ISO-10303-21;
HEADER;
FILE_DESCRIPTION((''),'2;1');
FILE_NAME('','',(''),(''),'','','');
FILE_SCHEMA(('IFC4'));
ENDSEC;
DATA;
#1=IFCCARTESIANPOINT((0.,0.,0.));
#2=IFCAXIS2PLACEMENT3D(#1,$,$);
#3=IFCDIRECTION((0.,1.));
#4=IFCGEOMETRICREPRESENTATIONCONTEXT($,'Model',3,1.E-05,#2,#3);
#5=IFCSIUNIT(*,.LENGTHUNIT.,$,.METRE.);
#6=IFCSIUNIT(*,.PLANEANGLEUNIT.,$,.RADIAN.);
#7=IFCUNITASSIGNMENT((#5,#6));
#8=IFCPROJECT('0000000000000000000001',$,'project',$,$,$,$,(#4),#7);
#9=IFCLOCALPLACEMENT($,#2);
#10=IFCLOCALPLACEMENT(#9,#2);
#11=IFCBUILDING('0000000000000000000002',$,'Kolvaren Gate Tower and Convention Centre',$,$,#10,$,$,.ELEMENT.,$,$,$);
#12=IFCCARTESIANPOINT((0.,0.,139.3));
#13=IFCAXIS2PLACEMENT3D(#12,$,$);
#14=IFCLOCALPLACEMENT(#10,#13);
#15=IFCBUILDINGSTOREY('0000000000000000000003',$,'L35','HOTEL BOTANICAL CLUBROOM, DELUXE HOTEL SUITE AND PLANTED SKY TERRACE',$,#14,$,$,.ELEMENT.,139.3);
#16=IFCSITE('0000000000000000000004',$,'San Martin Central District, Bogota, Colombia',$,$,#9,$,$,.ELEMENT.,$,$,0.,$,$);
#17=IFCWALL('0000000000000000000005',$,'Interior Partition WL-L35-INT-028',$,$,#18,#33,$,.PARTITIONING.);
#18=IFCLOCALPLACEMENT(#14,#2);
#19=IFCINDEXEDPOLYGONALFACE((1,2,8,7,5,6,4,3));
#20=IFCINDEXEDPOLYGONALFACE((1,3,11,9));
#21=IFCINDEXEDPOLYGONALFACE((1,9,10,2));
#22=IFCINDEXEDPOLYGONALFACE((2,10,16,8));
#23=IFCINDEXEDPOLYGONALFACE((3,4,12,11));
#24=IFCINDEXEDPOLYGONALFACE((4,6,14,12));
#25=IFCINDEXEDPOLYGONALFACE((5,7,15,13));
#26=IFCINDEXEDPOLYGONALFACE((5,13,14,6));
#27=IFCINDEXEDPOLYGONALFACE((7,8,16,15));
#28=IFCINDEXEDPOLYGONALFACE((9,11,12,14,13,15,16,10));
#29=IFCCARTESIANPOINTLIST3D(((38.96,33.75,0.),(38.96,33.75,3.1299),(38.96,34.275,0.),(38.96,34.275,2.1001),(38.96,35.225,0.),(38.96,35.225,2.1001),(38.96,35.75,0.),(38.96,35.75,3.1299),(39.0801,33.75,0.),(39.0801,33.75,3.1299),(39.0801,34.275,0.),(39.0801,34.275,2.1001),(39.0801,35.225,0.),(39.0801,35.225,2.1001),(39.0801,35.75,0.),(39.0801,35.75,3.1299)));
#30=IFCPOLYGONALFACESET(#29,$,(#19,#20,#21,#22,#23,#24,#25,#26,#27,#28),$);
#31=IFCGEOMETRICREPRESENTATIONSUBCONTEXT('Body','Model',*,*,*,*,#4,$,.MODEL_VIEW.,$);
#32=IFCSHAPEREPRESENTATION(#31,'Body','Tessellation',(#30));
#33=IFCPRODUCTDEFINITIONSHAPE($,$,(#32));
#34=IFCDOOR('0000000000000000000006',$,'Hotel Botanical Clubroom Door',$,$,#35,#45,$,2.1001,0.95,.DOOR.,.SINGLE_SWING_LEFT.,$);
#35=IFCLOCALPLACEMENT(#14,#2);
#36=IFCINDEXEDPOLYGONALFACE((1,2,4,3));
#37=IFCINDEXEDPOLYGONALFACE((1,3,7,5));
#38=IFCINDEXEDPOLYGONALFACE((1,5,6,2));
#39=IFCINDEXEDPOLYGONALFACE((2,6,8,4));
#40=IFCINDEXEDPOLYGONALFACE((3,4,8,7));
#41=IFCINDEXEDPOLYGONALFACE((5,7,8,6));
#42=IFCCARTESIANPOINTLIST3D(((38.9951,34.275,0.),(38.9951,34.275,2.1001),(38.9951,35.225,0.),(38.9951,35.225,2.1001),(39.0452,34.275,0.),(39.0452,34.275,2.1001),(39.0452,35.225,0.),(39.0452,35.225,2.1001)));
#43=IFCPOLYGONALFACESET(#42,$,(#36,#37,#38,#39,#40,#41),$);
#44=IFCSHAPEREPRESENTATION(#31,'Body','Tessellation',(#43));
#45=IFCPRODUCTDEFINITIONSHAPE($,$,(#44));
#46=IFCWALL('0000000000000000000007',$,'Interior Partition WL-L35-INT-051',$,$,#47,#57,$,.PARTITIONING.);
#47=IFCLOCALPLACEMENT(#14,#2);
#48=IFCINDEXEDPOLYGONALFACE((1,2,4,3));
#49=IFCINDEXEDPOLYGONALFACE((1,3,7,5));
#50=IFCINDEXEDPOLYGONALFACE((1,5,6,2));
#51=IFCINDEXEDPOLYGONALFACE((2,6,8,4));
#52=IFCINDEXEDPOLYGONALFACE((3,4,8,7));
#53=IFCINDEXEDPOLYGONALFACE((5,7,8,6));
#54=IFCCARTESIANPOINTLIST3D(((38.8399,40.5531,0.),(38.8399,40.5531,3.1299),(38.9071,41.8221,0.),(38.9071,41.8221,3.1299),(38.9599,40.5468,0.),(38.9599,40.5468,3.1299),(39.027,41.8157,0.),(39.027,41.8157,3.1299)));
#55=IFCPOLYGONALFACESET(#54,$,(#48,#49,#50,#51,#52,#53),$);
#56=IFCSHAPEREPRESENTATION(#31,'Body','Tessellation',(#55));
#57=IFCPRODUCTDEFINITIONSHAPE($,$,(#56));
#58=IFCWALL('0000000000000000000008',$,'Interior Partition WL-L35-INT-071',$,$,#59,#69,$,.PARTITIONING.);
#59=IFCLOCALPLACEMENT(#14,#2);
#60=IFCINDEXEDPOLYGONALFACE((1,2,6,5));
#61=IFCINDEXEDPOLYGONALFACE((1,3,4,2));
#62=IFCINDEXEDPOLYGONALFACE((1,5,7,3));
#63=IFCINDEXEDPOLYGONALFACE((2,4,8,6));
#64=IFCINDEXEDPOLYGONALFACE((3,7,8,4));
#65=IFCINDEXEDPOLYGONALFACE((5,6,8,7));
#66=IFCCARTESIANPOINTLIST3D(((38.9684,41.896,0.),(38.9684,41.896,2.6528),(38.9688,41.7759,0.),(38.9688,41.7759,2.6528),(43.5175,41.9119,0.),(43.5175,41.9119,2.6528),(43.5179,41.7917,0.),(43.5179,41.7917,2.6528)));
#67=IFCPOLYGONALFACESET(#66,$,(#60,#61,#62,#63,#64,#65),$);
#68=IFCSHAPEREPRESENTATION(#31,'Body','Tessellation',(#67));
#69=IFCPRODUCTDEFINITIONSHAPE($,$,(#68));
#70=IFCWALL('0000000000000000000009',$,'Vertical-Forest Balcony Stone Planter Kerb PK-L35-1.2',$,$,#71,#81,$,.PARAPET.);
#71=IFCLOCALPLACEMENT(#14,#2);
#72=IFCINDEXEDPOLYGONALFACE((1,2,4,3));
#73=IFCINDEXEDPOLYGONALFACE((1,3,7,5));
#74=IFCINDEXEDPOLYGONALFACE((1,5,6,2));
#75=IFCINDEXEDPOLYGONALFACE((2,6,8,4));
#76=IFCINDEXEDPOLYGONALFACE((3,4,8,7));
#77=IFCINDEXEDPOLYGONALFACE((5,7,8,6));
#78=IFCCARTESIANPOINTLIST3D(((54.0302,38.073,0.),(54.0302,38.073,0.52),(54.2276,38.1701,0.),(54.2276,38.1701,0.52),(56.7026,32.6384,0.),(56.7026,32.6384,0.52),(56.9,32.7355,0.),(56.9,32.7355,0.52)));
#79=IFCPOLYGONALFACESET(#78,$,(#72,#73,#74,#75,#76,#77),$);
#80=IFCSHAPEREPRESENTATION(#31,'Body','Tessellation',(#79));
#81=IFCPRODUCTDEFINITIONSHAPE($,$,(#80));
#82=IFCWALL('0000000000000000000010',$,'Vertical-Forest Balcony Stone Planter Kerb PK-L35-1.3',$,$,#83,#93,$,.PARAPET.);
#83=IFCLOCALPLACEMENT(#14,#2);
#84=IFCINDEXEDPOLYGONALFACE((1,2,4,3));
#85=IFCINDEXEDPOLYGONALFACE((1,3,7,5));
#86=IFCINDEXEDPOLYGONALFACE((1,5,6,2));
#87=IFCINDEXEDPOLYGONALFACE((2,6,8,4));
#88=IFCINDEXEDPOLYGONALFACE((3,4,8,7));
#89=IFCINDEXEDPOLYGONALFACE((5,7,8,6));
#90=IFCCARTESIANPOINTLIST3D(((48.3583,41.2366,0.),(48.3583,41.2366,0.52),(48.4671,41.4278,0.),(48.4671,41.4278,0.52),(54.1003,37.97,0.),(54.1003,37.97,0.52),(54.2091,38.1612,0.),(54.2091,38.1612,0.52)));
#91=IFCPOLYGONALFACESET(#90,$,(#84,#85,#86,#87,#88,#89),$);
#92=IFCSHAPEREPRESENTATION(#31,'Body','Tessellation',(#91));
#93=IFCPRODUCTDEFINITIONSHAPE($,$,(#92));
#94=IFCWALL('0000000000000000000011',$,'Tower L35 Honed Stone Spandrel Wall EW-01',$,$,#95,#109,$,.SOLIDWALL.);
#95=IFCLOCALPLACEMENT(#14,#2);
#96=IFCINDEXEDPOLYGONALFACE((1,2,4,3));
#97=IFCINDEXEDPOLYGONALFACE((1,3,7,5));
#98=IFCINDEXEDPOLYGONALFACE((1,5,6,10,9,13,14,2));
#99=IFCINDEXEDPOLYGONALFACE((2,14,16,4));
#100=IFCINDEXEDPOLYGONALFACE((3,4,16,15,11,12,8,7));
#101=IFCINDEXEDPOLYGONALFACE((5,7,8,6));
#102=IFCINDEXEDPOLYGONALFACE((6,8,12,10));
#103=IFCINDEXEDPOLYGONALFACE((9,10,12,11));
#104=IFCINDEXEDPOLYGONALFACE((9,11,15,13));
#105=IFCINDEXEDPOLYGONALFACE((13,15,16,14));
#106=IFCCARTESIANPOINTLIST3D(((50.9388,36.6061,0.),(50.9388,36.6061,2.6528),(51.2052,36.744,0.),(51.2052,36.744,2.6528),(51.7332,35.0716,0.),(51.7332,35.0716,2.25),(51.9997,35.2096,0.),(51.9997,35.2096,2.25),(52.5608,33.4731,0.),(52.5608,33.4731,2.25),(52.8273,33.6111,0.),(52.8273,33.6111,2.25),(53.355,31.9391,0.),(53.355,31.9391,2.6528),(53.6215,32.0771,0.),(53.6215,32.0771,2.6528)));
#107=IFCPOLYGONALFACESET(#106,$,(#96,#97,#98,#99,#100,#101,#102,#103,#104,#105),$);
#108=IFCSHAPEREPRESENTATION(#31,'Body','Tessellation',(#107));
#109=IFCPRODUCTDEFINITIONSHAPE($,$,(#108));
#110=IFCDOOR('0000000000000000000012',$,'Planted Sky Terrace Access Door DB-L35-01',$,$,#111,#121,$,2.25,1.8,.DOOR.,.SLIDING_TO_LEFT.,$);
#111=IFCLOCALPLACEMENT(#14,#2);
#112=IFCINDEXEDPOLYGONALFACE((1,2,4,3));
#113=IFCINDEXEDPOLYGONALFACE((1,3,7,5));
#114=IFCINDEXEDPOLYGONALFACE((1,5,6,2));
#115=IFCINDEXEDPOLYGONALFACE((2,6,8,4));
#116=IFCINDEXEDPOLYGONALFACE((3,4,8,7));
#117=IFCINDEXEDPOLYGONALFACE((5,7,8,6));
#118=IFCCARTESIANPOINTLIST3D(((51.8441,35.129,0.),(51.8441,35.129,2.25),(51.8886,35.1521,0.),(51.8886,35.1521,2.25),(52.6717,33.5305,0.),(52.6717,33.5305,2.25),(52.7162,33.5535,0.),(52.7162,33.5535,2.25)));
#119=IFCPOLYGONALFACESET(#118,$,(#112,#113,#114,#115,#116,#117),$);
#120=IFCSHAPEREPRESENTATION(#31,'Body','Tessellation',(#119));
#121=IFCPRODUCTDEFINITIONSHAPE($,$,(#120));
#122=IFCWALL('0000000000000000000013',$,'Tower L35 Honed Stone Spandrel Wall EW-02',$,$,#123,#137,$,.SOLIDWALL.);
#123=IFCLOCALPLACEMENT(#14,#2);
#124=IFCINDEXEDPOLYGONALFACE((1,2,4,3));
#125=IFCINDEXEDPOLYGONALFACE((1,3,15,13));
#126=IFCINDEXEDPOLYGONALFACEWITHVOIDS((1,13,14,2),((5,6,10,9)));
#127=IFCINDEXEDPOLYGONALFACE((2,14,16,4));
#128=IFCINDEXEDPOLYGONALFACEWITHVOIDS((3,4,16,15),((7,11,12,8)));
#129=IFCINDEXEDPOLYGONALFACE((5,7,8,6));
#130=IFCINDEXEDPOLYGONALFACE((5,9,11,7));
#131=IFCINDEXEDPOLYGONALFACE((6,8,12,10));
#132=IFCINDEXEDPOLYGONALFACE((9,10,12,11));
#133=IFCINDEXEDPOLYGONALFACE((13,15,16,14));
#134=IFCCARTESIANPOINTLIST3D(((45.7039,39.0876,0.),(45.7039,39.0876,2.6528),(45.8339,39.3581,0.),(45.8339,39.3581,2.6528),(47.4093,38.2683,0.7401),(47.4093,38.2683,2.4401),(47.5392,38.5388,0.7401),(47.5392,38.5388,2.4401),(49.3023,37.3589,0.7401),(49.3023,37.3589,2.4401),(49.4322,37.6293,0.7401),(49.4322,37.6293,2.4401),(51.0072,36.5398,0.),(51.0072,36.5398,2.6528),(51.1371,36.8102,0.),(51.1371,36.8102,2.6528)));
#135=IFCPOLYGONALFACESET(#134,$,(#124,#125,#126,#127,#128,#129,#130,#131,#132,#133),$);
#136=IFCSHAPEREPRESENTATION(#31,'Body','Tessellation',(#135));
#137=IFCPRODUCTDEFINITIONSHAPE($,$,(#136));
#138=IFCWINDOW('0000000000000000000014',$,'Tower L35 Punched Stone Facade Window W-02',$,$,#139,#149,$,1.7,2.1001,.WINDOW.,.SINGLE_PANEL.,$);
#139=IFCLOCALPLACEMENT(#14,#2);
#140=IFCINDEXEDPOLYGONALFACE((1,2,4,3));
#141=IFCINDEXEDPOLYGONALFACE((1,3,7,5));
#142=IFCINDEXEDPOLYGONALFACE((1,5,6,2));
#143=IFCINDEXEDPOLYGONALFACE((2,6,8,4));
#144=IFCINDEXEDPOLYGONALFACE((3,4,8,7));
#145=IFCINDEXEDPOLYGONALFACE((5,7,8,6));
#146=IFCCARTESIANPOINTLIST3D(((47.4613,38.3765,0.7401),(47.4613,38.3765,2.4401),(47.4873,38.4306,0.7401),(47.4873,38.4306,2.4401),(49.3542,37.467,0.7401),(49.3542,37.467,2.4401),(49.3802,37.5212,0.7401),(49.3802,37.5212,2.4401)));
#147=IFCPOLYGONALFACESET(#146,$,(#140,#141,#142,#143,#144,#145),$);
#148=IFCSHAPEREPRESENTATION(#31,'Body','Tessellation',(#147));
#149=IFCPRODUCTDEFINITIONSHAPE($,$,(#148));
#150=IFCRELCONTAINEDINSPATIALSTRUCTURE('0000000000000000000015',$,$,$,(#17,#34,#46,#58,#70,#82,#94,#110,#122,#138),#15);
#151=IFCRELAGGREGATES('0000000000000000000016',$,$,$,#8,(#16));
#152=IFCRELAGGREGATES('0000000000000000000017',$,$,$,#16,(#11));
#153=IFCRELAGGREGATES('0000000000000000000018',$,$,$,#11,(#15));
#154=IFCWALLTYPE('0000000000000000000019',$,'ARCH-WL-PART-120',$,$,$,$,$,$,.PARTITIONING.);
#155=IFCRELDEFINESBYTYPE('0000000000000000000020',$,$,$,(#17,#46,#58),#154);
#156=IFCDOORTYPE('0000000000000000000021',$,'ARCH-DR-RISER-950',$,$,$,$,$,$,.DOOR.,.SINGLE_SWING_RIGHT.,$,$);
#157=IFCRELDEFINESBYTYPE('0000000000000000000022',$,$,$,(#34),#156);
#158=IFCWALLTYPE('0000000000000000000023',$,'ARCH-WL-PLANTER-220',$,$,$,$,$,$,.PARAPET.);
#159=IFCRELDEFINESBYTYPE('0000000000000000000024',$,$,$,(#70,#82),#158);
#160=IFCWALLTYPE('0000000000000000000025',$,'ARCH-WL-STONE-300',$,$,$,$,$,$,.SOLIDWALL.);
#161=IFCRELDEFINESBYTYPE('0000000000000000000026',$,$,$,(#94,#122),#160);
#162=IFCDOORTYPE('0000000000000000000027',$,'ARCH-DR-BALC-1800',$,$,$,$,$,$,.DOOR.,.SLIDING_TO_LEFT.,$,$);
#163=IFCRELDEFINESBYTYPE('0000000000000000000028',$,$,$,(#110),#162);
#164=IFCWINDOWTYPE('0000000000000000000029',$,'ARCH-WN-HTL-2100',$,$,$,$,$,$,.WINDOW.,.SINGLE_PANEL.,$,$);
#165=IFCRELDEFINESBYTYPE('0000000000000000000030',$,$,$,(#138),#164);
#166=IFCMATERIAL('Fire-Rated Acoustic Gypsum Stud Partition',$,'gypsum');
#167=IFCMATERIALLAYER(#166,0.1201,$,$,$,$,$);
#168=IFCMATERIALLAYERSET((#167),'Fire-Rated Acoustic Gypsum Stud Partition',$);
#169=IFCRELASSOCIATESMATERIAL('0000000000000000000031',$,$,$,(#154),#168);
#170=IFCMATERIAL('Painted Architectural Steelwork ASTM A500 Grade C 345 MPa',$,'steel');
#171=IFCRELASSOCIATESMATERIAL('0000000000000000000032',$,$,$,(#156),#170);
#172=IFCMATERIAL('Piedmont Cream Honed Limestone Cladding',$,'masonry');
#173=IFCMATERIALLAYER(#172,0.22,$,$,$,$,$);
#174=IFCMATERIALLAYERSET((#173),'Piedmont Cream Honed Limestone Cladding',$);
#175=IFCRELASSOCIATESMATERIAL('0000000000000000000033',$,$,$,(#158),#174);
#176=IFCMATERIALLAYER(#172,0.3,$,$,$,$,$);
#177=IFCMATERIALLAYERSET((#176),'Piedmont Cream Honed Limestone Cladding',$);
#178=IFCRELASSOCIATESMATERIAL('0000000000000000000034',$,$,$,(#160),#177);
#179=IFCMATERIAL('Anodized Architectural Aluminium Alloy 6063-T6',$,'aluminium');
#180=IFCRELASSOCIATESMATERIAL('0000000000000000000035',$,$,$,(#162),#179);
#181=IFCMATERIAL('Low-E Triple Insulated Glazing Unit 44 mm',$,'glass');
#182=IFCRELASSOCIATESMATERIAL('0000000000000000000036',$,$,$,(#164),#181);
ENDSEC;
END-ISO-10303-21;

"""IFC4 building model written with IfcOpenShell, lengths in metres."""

from ifc_helpers import new_model, si_unit, direction, frame, frame_2d, origin, place, context, subcontext, project, spatial, rectangle, extrude, material, layer, layer_set, type_object, element, fill, save


model = new_model("IFC4")

# Units and contexts
model_context = context("Model", 3, precision=1e-05, world=origin(), true_north=direction((0.0, 1.0)))
body_context = subcontext(model_context, "Body", "Model", "MODEL_VIEW")
ifc_project = project(units=[si_unit("LENGTHUNIT", "METRE"), si_unit("PLANEANGLEUNIT", "RADIAN")], contexts=[model_context])

# Site, building, storey
site_placement = place(None, origin())
site = spatial("IfcSite", under=ifc_project, at=site_placement, Name="San Martin Central District, Bogota, Colombia", CompositionType="ELEMENT", RefElevation=0.0)
building_placement = place(site_placement, origin())
building = spatial("IfcBuilding", under=site, at=building_placement, Name="Kolvaren Gate Tower and Convention Centre", CompositionType="ELEMENT")
storey_placement = place(building_placement, frame((0.0, 0.0, 139.3)))
storey = spatial("IfcBuildingStorey", under=building, at=storey_placement, Name="L35", Description="HOTEL BOTANICAL CLUBROOM, DELUXE HOTEL SUITE AND PLANTED SKY TERRACE", CompositionType="ELEMENT", Elevation=139.3)

# Wall, opening, door
ifc_material_1 = material(Name="Fire-Rated Acoustic Gypsum Stud Partition", Category="gypsum")
ifc_layer_1 = layer(ifc_material_1, 0.1201)
ifc_layer_set_1 = layer_set([ifc_layer_1], Name="Fire-Rated Acoustic Gypsum Stud Partition")
wall_type_1 = type_object("IfcWallType", Name="ARCH-WL-PART-120", PredefinedType="PARTITIONING", material=ifc_layer_set_1)
wall_1_placement = place(storey_placement, frame((39.02, 33.75, 0.0), z_axis=(0.0, 0.0, 1.0), x_axis=(0.0, 1.0, 0.0)))
wall_1 = element("IfcWall", 1, at=wall_1_placement, inside=storey, type_object=wall_type_1, Name="Interior Partition WL-L35-INT-028", PredefinedType="PARTITIONING", context=body_context, shape_type="SweptSolid", body=[
    extrude(rectangle(XDim=2.0, YDim=0.1201, at=frame_2d((1.0, 0.0))), origin(), (0.0, 0.0, 1.0), 3.1299),
])
opening_1_placement = place(wall_1_placement, frame((0.5249, 0.0, 0.0)))
opening_1 = element("IfcOpeningElement", 2, at=opening_1_placement, cuts=wall_1, PredefinedType="OPENING", context=body_context, shape_type="SweptSolid", body=[
    extrude(rectangle(XDim=0.95, YDim=2.1001, at=frame_2d((0.4751, 1.05))), frame((0.0, 0.0701, 0.0), z_axis=(0.0, -1.0, 0.0), x_axis=(1.0, 0.0, 0.0)), (0.0, 0.0, 1.0), 0.1401),
])
ifc_material_2 = material(Name="Painted Architectural Steelwork ASTM A500 Grade C 345 MPa", Category="steel")
door_type_1 = type_object("IfcDoorType", Name="ARCH-DR-RISER-950", OperationType="SINGLE_SWING_RIGHT", PredefinedType="DOOR", material=ifc_material_2)
door_1_placement = place(opening_1_placement, origin())
door_1 = element("IfcDoor", 3, at=door_1_placement, inside=storey, type_object=door_type_1, Name="Hotel Botanical Clubroom Door", OperationType="SINGLE_SWING_LEFT", OverallHeight=2.1001, OverallWidth=0.95, PredefinedType="DOOR", context=body_context, shape_type="SweptSolid", body=[
    extrude(rectangle(XDim=0.95, YDim=2.1001, at=frame_2d((0.4751, 1.05))), frame((0.0, 0.0249, 0.0), z_axis=(0.0, -1.0, 0.0), x_axis=(1.0, 0.0, 0.0)), (0.0, 0.0, 1.0), 0.05),
])
fill(opening_1, door_1)

# Walls
wall_2_placement = place(storey_placement, frame((38.8999, 40.55, 0.0), z_axis=(0.0, 0.0, 1.0), x_axis=(0.052831, 0.998603, 0.0)))
element("IfcWall", 4, at=wall_2_placement, inside=storey, type_object=wall_type_1, Name="Interior Partition WL-L35-INT-051", PredefinedType="PARTITIONING", context=body_context, shape_type="SweptSolid", body=[
    extrude(rectangle(XDim=1.2708, YDim=0.1201, at=frame_2d((0.6353, 0.0))), origin(), (0.0, 0.0, 1.0), 3.1299),
])
wall_3_placement = place(storey_placement, frame((38.9688, 41.8359, 0.0), z_axis=(0.0, 0.0, 1.0), x_axis=(0.999994, 0.003488, 0.0)))
element("IfcWall", 5, at=wall_3_placement, inside=storey, type_object=wall_type_1, Name="Interior Partition WL-L35-INT-071", PredefinedType="PARTITIONING", context=body_context, shape_type="SweptSolid", body=[
    extrude(rectangle(XDim=4.5491, YDim=0.1201, at=frame_2d((2.2744, 0.0))), origin(), (0.0, 0.0, 1.0), 2.6528),
])
ifc_material_3 = material(Name="Piedmont Cream Honed Limestone Cladding", Category="masonry")
ifc_layer_2 = layer(ifc_material_3, 0.22)
ifc_layer_set_2 = layer_set([ifc_layer_2], Name="Piedmont Cream Honed Limestone Cladding")
wall_type_2 = type_object("IfcWallType", Name="ARCH-WL-PLANTER-220", PredefinedType="PARAPET", material=ifc_layer_set_2)
wall_4_placement = place(storey_placement, frame((54.1289, 38.1216, 0.0), z_axis=(0.0, 0.0, 1.0), x_axis=(0.44127, -0.897375, 0.0)))
element("IfcWall", 6, at=wall_4_placement, inside=storey, type_object=wall_type_2, Name="Vertical-Forest Balcony Stone Planter Kerb PK-L35-1.2", PredefinedType="PARAPET", context=body_context, shape_type="SweptSolid", body=[
    extrude(rectangle(XDim=6.0562, YDim=0.22, at=frame_2d((3.0281, 0.0))), origin(), (0.0, 0.0, 1.0), 0.52),
])
wall_5_placement = place(storey_placement, frame((48.4126, 41.3323, 0.0), z_axis=(0.0, 0.0, 1.0), x_axis=(0.869188, -0.494482, 0.0)))
element("IfcWall", 7, at=wall_5_placement, inside=storey, type_object=wall_type_2, Name="Vertical-Forest Balcony Stone Planter Kerb PK-L35-1.3", PredefinedType="PARAPET", context=body_context, shape_type="SweptSolid", body=[
    extrude(rectangle(XDim=6.6062, YDim=0.22, at=frame_2d((3.3032, 0.0))), origin(), (0.0, 0.0, 1.0), 0.52),
])

# Wall, opening, door
ifc_layer_3 = layer(ifc_material_3, 0.3)
ifc_layer_set_3 = layer_set([ifc_layer_3], Name="Piedmont Cream Honed Limestone Cladding")
wall_type_3 = type_object("IfcWallType", Name="ARCH-WL-STONE-300", PredefinedType="SOLIDWALL", material=ifc_layer_set_3)
wall_6_placement = place(storey_placement, frame((51.072, 36.675, 0.0), z_axis=(0.0, 0.0, 1.0), x_axis=(0.459768, -0.888039, 0.0)))
wall_6 = element("IfcWall", 8, at=wall_6_placement, inside=storey, type_object=wall_type_3, Name="Tower L35 Honed Stone Spandrel Wall EW-01", PredefinedType="SOLIDWALL", context=body_context, shape_type="SweptSolid", body=[
    extrude(rectangle(XDim=5.2554, YDim=0.3, at=frame_2d((2.6277, 0.0))), origin(), (0.0, 0.0, 1.0), 2.6528),
])
opening_2_placement = place(wall_6_placement, frame((1.728, 0.0, 0.0)))
opening_2 = element("IfcOpeningElement", 9, at=opening_2_placement, cuts=wall_6, PredefinedType="OPENING", context=body_context, shape_type="SweptSolid", body=[
    extrude(rectangle(XDim=1.8, YDim=2.25, at=frame_2d((0.8999, 1.125))), frame((0.0, 0.1599, 0.0), z_axis=(0.0, -1.0, 0.0), x_axis=(1.0, 0.0, 0.0)), (0.0, 0.0, 1.0), 0.3201),
])
ifc_material_4 = material(Name="Anodized Architectural Aluminium Alloy 6063-T6", Category="aluminium")
door_type_2 = type_object("IfcDoorType", Name="ARCH-DR-BALC-1800", OperationType="SLIDING_TO_LEFT", PredefinedType="DOOR", material=ifc_material_4)
door_2_placement = place(opening_2_placement, origin())
door_2 = element("IfcDoor", 10, at=door_2_placement, inside=storey, type_object=door_type_2, Name="Planted Sky Terrace Access Door DB-L35-01", OperationType="SLIDING_TO_LEFT", OverallHeight=2.25, OverallWidth=1.8, PredefinedType="DOOR", context=body_context, shape_type="SweptSolid", body=[
    extrude(rectangle(XDim=1.8, YDim=2.25, at=frame_2d((0.8999, 1.125))), frame((0.0, 0.0249, 0.0), z_axis=(0.0, -1.0, 0.0), x_axis=(1.0, 0.0, 0.0)), (0.0, 0.0, 1.0), 0.05),
])
fill(opening_2, door_2)

# Wall, opening, window
wall_7_placement = place(storey_placement, frame((45.7688, 39.2229, 0.0), z_axis=(0.0, 0.0, 1.0), x_axis=(0.90137, -0.433049, 0.0)))
wall_7 = element("IfcWall", 11, at=wall_7_placement, inside=storey, type_object=wall_type_3, Name="Tower L35 Honed Stone Spandrel Wall EW-02", PredefinedType="SOLIDWALL", context=body_context, shape_type="SweptSolid", body=[
    extrude(rectangle(XDim=5.8835, YDim=0.3, at=frame_2d((2.9419, 0.0))), origin(), (0.0, 0.0, 1.0), 2.6528),
])
opening_3_placement = place(wall_7_placement, frame((1.8921, 0.0, 0.74)))
opening_3 = element("IfcOpeningElement", 12, at=opening_3_placement, cuts=wall_7, PredefinedType="OPENING", context=body_context, shape_type="SweptSolid", body=[
    extrude(rectangle(XDim=2.1001, YDim=1.7, at=frame_2d((1.05, 0.8501))), frame((0.0, 0.1599, 0.0), z_axis=(0.0, -1.0, 0.0), x_axis=(1.0, 0.0, 0.0)), (0.0, 0.0, 1.0), 0.3201),
])
ifc_material_5 = material(Name="Low-E Triple Insulated Glazing Unit 44 mm", Category="glass")
window_type = type_object("IfcWindowType", Name="ARCH-WN-HTL-2100", PartitioningType="SINGLE_PANEL", PredefinedType="WINDOW", material=ifc_material_5)
window_1_placement = place(opening_3_placement, origin())
window_1 = element("IfcWindow", 13, at=window_1_placement, inside=storey, type_object=window_type, Name="Tower L35 Punched Stone Facade Window W-02", OverallHeight=1.7, OverallWidth=2.1001, PartitioningType="SINGLE_PANEL", PredefinedType="WINDOW", context=body_context, shape_type="SweptSolid", body=[
    extrude(rectangle(XDim=2.1001, YDim=1.7, at=frame_2d((1.05, 0.8501))), frame((0.0, 0.03, 0.0), z_axis=(0.0, -1.0, 0.0), x_axis=(1.0, 0.0, 0.0)), (0.0, 0.0, 1.0), 0.0601),
])
fill(opening_3, window_1)

save(model, "model.ifc")
